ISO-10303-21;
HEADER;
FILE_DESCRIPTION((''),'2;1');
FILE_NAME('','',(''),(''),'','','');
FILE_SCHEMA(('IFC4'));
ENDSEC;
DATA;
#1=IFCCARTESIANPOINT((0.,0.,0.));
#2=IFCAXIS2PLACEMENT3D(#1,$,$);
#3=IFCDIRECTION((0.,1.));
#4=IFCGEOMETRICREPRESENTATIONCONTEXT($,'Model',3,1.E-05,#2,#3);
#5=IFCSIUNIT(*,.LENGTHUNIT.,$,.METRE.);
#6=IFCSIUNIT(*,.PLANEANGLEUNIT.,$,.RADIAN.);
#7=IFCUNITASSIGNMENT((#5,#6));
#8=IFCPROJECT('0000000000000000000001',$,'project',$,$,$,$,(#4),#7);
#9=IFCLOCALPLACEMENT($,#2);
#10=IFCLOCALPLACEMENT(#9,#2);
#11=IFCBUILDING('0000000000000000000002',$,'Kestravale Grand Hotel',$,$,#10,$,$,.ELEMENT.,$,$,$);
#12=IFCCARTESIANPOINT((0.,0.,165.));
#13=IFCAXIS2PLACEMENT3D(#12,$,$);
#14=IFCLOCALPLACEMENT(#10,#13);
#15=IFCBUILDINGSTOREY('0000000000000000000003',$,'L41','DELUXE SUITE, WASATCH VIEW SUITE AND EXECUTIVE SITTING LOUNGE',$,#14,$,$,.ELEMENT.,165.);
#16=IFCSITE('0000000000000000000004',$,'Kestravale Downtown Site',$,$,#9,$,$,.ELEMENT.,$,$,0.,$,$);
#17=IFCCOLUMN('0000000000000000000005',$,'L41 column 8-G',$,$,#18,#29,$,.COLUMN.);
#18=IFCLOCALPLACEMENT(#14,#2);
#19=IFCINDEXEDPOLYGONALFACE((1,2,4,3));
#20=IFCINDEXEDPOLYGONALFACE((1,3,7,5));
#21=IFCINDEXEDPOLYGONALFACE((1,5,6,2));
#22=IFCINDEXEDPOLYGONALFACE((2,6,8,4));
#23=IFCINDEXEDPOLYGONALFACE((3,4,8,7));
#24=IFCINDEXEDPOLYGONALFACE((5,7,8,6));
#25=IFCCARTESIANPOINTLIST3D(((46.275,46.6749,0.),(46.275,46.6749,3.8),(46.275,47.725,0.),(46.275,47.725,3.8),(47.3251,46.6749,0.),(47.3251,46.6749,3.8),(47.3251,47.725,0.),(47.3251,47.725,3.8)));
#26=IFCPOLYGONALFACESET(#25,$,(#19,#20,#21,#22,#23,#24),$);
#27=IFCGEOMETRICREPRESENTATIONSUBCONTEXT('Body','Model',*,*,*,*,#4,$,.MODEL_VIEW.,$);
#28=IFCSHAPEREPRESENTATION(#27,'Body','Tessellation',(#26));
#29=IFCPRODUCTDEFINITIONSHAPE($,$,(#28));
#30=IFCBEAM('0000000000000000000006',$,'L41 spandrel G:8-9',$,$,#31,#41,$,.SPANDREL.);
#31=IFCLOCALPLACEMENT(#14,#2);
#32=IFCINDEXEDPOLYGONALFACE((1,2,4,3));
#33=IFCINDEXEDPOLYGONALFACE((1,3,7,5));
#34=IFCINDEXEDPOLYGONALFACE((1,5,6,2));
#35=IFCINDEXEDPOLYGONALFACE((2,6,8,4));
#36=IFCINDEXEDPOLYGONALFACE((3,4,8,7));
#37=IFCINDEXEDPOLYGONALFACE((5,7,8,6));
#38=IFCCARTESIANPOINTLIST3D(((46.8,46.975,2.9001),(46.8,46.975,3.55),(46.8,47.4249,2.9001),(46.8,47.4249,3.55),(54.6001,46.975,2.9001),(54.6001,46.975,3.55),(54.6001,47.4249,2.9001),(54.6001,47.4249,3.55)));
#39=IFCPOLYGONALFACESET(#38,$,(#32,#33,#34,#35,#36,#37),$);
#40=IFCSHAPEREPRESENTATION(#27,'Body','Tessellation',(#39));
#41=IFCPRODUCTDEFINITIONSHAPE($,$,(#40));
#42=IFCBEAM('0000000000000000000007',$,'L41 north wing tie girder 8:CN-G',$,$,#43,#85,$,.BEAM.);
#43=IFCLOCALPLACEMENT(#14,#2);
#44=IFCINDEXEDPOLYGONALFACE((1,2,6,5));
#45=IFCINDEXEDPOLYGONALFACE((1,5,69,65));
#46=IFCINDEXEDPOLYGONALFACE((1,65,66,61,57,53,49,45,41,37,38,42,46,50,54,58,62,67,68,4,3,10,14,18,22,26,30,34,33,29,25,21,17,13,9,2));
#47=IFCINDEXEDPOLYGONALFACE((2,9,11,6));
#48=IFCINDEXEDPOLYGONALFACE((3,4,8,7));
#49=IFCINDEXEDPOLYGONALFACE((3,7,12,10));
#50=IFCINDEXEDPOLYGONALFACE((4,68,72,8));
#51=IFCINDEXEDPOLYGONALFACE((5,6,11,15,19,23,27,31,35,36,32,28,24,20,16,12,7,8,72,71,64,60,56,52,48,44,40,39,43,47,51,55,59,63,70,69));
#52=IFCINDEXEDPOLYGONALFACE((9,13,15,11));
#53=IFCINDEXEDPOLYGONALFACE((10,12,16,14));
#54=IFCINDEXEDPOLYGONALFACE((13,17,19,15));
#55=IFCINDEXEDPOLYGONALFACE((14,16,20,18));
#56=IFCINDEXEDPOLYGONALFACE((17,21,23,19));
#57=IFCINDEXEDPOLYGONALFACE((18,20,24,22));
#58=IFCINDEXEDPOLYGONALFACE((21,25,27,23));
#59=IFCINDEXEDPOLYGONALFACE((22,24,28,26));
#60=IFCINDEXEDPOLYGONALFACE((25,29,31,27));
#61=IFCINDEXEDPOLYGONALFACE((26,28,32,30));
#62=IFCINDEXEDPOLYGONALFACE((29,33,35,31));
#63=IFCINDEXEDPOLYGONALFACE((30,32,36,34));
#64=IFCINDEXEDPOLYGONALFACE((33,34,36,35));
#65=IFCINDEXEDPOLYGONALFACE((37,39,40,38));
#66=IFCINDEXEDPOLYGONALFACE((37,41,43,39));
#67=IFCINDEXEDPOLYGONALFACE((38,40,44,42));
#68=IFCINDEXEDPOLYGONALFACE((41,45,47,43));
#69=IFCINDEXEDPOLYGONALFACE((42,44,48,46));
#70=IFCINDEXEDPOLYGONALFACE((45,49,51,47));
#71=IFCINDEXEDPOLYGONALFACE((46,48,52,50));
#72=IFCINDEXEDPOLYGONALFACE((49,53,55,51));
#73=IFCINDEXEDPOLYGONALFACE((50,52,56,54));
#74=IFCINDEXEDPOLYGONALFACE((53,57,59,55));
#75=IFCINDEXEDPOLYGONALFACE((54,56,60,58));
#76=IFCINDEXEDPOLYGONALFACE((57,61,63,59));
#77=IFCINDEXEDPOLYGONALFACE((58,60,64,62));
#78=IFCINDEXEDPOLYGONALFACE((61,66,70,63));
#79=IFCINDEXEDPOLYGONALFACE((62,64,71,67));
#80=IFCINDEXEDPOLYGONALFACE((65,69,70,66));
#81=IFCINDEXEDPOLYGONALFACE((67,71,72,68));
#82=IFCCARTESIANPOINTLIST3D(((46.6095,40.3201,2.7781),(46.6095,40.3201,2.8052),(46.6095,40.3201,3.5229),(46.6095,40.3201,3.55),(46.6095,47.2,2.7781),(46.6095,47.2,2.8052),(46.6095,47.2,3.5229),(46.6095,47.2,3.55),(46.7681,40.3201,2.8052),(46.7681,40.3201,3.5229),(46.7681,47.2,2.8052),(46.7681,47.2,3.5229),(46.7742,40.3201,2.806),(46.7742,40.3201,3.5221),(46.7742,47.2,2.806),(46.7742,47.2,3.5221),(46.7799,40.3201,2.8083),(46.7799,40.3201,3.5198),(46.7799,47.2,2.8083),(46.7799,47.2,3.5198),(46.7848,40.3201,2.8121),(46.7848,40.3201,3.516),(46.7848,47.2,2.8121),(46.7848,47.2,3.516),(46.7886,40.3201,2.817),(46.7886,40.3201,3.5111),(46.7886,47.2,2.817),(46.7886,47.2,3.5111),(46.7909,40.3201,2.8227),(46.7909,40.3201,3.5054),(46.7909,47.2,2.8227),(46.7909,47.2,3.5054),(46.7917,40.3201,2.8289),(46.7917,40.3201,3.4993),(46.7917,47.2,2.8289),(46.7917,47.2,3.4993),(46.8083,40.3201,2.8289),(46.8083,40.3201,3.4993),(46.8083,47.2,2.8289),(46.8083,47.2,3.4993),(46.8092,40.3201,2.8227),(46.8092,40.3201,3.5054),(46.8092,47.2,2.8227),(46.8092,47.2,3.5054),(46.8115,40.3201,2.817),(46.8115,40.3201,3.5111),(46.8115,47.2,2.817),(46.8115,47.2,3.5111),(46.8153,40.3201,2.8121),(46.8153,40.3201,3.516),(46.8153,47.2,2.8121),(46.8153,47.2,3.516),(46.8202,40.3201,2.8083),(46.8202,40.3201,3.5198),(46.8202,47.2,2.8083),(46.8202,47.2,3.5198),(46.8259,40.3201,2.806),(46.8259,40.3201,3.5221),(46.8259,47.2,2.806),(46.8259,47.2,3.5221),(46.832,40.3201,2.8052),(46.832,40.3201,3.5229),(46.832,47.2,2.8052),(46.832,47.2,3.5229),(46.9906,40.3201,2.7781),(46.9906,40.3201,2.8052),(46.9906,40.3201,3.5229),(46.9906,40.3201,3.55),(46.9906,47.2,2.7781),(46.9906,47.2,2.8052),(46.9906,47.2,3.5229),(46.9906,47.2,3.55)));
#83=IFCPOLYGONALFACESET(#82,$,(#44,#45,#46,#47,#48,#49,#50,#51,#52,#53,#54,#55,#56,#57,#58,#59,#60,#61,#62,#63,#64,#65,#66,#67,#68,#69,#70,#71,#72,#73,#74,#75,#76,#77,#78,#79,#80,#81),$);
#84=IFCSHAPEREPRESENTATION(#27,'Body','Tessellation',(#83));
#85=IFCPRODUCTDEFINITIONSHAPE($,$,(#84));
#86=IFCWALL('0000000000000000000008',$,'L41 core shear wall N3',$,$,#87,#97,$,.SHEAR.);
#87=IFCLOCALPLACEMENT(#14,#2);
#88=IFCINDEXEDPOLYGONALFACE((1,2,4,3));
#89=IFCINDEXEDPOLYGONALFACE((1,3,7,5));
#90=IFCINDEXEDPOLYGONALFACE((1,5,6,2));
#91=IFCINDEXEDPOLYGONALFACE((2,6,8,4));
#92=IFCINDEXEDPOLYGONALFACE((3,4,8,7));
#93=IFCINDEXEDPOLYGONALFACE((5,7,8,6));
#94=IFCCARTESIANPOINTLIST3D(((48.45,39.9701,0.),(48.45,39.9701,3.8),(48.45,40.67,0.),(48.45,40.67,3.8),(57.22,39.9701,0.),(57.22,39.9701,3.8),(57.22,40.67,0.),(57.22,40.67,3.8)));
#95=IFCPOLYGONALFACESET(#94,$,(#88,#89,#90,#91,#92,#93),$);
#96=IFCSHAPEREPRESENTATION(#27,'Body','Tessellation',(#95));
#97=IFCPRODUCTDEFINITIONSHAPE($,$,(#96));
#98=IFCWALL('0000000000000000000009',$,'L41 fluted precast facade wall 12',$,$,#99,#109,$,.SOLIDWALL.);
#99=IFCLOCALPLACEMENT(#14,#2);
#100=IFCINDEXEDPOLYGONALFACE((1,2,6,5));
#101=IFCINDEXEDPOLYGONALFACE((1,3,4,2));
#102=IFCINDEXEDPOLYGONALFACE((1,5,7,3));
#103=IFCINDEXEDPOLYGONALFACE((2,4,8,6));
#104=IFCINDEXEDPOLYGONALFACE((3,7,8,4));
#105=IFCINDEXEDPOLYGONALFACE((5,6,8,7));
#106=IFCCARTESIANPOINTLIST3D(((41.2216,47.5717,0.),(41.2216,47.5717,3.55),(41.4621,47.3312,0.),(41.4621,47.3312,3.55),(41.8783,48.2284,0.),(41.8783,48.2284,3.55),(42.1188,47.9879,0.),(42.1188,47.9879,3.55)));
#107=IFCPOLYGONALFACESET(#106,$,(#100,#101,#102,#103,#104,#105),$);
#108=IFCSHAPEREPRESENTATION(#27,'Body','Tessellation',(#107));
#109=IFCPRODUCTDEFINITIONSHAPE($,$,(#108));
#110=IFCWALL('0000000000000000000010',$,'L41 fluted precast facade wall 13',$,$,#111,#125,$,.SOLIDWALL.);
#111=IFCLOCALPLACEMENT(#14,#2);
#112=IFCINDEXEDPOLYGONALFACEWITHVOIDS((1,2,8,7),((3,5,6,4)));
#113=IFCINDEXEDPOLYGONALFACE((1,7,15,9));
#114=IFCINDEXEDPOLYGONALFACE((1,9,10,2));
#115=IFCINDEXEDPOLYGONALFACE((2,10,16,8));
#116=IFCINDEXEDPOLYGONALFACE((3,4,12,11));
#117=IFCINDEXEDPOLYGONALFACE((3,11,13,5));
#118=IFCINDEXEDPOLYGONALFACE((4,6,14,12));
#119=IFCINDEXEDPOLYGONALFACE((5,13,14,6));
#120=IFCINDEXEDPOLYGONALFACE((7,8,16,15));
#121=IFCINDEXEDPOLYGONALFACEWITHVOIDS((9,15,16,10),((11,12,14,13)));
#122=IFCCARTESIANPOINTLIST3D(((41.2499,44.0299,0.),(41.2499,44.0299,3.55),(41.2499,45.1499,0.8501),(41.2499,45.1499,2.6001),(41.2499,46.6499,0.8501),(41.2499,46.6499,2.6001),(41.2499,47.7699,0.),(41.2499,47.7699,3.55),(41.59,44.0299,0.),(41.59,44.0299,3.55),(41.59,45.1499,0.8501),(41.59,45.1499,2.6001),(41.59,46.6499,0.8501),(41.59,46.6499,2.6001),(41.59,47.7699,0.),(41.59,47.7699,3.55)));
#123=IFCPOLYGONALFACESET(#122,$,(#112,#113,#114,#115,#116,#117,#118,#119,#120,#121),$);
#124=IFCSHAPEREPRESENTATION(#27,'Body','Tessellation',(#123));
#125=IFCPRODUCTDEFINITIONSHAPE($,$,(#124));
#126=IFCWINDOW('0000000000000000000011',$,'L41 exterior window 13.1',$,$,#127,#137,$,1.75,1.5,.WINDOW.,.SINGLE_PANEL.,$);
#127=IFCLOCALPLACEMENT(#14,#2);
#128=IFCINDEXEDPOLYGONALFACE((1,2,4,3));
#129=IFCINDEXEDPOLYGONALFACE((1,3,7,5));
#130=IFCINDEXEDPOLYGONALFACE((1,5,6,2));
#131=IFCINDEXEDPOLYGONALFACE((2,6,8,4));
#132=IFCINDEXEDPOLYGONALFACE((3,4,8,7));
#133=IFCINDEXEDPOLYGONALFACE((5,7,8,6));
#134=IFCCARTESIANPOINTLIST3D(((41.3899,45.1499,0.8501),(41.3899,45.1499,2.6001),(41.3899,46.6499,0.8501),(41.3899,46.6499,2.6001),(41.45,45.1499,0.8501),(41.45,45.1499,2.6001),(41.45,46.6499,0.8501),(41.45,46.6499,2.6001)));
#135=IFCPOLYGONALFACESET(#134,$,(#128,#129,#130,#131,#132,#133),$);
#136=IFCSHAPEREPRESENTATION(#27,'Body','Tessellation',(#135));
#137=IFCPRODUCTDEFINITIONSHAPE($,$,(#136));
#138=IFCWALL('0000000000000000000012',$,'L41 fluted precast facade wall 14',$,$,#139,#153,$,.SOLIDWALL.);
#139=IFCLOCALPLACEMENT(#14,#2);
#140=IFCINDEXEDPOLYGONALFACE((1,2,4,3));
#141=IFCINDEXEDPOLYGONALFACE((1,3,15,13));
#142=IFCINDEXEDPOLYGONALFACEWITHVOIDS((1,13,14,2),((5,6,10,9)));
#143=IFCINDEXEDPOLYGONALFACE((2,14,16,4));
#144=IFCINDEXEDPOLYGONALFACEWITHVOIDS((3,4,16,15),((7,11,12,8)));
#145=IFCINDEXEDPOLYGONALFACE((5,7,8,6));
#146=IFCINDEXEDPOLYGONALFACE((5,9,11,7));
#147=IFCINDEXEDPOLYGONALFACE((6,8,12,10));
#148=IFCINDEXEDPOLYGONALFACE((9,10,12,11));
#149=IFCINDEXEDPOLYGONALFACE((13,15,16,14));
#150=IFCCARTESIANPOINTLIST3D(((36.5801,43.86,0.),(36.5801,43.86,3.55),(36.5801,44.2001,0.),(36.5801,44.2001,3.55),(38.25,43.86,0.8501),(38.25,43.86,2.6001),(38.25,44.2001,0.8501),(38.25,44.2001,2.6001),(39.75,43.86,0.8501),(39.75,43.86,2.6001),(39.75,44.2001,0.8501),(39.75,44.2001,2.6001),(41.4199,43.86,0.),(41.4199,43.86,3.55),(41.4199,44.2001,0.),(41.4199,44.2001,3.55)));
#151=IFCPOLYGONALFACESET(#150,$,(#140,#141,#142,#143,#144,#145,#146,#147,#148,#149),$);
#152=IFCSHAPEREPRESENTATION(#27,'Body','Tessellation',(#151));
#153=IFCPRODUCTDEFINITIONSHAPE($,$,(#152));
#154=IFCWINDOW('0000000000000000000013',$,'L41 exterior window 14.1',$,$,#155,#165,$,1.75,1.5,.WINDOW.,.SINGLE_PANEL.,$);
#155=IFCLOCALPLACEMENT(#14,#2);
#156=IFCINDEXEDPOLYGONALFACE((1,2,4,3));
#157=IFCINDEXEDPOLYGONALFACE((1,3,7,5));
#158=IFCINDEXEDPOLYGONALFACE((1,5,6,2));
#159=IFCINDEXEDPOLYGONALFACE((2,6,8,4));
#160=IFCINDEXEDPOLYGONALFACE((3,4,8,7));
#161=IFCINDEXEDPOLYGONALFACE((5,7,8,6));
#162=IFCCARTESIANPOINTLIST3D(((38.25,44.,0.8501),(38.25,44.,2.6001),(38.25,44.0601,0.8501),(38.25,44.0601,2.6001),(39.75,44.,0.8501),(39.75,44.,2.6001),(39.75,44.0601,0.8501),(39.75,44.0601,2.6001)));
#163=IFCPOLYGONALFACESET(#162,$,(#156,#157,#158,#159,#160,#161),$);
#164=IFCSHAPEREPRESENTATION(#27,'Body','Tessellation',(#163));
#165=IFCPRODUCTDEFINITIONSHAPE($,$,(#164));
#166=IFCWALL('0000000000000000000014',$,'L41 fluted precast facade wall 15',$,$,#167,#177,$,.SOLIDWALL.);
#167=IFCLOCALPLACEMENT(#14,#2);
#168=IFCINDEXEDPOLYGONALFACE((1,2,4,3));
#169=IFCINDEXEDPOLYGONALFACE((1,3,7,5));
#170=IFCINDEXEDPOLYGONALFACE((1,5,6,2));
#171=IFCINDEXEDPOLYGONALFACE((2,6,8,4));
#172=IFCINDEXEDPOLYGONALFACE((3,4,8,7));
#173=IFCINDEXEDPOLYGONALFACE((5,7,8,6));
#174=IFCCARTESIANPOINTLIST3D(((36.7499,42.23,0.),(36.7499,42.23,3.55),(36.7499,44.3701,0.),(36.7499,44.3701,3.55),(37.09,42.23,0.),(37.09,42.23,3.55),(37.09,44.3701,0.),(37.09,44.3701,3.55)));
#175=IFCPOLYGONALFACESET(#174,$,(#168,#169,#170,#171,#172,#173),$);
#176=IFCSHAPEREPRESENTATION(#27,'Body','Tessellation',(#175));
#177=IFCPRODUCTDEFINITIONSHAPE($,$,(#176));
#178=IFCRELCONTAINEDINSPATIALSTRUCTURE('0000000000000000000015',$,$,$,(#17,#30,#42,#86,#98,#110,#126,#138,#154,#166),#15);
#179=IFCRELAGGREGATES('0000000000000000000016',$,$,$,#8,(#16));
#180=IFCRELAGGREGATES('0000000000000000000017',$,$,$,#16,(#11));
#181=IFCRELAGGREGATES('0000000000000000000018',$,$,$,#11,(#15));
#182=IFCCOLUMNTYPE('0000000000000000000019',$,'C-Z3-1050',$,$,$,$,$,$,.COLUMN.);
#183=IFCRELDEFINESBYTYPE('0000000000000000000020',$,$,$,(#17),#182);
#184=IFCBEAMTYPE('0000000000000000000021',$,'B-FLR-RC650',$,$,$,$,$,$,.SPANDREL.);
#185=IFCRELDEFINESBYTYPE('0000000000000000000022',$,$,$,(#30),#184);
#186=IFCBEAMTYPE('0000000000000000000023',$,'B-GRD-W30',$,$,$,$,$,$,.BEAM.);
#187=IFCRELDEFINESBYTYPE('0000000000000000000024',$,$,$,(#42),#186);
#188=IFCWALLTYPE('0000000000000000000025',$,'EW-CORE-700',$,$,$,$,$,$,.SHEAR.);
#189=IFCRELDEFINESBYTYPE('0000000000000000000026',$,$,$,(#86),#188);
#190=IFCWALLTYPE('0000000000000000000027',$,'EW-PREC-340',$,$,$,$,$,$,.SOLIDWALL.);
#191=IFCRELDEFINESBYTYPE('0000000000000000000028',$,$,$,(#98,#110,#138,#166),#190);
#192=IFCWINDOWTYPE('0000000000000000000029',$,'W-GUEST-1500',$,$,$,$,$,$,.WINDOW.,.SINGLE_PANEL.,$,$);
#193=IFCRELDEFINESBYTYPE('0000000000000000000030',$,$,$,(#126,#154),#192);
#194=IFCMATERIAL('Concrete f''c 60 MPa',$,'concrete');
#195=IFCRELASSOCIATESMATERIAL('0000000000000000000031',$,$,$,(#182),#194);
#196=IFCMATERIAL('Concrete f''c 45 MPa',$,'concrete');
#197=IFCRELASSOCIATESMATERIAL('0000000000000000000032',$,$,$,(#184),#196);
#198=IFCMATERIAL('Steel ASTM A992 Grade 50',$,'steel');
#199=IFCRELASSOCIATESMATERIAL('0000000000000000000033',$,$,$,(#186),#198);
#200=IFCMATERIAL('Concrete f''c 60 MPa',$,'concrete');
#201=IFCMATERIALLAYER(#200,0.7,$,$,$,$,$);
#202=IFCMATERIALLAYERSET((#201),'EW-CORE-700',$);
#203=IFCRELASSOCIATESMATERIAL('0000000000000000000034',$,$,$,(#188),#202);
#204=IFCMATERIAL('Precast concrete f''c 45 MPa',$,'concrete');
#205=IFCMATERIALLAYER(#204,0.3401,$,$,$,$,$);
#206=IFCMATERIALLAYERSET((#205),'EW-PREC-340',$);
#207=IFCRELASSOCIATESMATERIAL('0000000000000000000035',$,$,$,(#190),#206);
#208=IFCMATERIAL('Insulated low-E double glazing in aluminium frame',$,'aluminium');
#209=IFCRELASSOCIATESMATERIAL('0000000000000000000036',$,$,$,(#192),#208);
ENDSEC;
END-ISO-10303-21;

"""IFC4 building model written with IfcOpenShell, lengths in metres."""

from ifc_helpers import new_model, si_unit, direction, frame, frame_2d, origin, origin_2d, place, context, subcontext, project, spatial, rectangle, i_section, extrude, material, layer, layer_set, material_profile, profile_set, type_object, element, fill, save


model = new_model("IFC4")

# Units and contexts
model_context = context("Model", 3, precision=1e-05, world=origin(), true_north=direction((0.0, 1.0)))
body_context = subcontext(model_context, "Body", "Model", "MODEL_VIEW")
ifc_project = project(units=[si_unit("LENGTHUNIT", "METRE"), si_unit("PLANEANGLEUNIT", "RADIAN")], contexts=[model_context])

# Site, building, storey
site_placement = place(None, origin())
site = spatial("IfcSite", under=ifc_project, at=site_placement, Name="Kestravale Downtown Site", CompositionType="ELEMENT", RefElevation=0.0)
building_placement = place(site_placement, origin())
building = spatial("IfcBuilding", under=site, at=building_placement, Name="Kestravale Grand Hotel", CompositionType="ELEMENT")
storey_placement = place(building_placement, frame((0.0, 0.0, 165.0)))
storey = spatial("IfcBuildingStorey", under=building, at=storey_placement, Name="L41", Description="DELUXE SUITE, WASATCH VIEW SUITE AND EXECUTIVE SITTING LOUNGE", CompositionType="ELEMENT", Elevation=165.0)

# Column
ifc_material_1 = material(Name="Concrete f'c 60 MPa", Category="concrete")
ifc_material_profile_1 = material_profile(ifc_material_1, rectangle(XDim=1.05, YDim=1.05, at=origin_2d()))
ifc_profile_set_1 = profile_set([ifc_material_profile_1], Name="Concrete f'c 60 MPa")
column_type = type_object("IfcColumnType", Name="C-Z3-1050", PredefinedType="COLUMN", material=ifc_profile_set_1)
column_placement = place(storey_placement, frame((46.8, 47.2, 0.0), z_axis=(0.0, 0.0, 1.0), x_axis=(1.0, 0.0, 0.0)))
element("IfcColumn", 1, at=column_placement, inside=storey, type_object=column_type, Name="L41 column 8-G", PredefinedType="COLUMN", context=body_context, shape_type="SweptSolid", body=[
    extrude(rectangle(XDim=1.05, YDim=1.05, at=origin_2d()), origin(), (0.0, 0.0, 1.0), 3.8),
])

# Beams
ifc_material_2 = material(Name="Concrete f'c 45 MPa", Category="concrete")
ifc_material_profile_2 = material_profile(ifc_material_2, rectangle(XDim=0.45, YDim=0.6499, at=origin_2d()))
ifc_profile_set_2 = profile_set([ifc_material_profile_2], Name="Concrete f'c 45 MPa")
beam_type_1 = type_object("IfcBeamType", Name="B-FLR-RC650", PredefinedType="SPANDREL", material=ifc_profile_set_2)
beam_1_placement = place(storey_placement, frame((46.8, 47.2, 3.2251), z_axis=(1.0, 0.0, 0.0), x_axis=(0.0, 1.0, 0.0)))
element("IfcBeam", 2, at=beam_1_placement, inside=storey, type_object=beam_type_1, Name="L41 spandrel G:8-9", PredefinedType="SPANDREL", context=body_context, shape_type="SweptSolid", body=[
    extrude(rectangle(XDim=0.45, YDim=0.6499, at=origin_2d()), origin(), (0.0, 0.0, 1.0), 7.8),
])
ifc_material_3 = material(Name="Steel ASTM A992 Grade 50", Category="steel")
ifc_material_profile_3 = material_profile(ifc_material_3, i_section(OverallWidth=0.3811, OverallDepth=0.772, WebThickness=0.0166, FlangeThickness=0.0271, FilletRadius=0.0237, at=origin_2d()))
ifc_profile_set_3 = profile_set([ifc_material_profile_3], Name="Steel ASTM A992 Grade 50")
beam_type_2 = type_object("IfcBeamType", Name="B-GRD-W30", PredefinedType="BEAM", material=ifc_profile_set_3)
beam_2_placement = place(storey_placement, frame((46.8, 40.3201, 3.1641), z_axis=(0.0, 1.0, 0.0), x_axis=(-1.0, 0.0, 0.0)))
element("IfcBeam", 3, at=beam_2_placement, inside=storey, type_object=beam_type_2, Name="L41 north wing tie girder 8:CN-G", PredefinedType="BEAM", context=body_context, shape_type="SweptSolid", body=[
    extrude(i_section(OverallWidth=0.3811, OverallDepth=0.772, WebThickness=0.0166, FlangeThickness=0.0271, FilletRadius=0.0237, at=origin_2d()), origin(), (0.0, 0.0, 1.0), 6.8799),
])

# Walls
ifc_material_4 = material(Name="Concrete f'c 60 MPa", Category="concrete")
ifc_layer_1 = layer(ifc_material_4, 0.7)
ifc_layer_set_1 = layer_set([ifc_layer_1], Name="EW-CORE-700")
wall_type_1 = type_object("IfcWallType", Name="EW-CORE-700", PredefinedType="SHEAR", material=ifc_layer_set_1)
wall_1_placement = place(storey_placement, frame((48.45, 40.3201, 0.0), z_axis=(0.0, 0.0, 1.0), x_axis=(1.0, 0.0, 0.0)))
element("IfcWall", 4, at=wall_1_placement, inside=storey, type_object=wall_type_1, Name="L41 core shear wall N3", PredefinedType="SHEAR", context=body_context, shape_type="SweptSolid", body=[
    extrude(rectangle(XDim=8.77, YDim=0.7, at=frame_2d((4.385, 0.0))), origin(), (0.0, 0.0, 1.0), 3.8),
])
ifc_material_5 = material(Name="Precast concrete f'c 45 MPa", Category="concrete")
ifc_layer_2 = layer(ifc_material_5, 0.3401)
ifc_layer_set_2 = layer_set([ifc_layer_2], Name="EW-PREC-340")
wall_type_2 = type_object("IfcWallType", Name="EW-PREC-340", PredefinedType="SOLIDWALL", material=ifc_layer_set_2)
wall_2_placement = place(storey_placement, frame((41.9985, 48.1082, 0.0), z_axis=(0.0, 0.0, 1.0), x_axis=(-0.707107, -0.707107, 0.0)))
element("IfcWall", 5, at=wall_2_placement, inside=storey, type_object=wall_type_2, Name="L41 fluted precast facade wall 12", PredefinedType="SOLIDWALL", context=body_context, shape_type="SweptSolid", body=[
    extrude(rectangle(XDim=0.9287, YDim=0.3401, at=frame_2d((0.4644, 0.0))), origin(), (0.0, 0.0, 1.0), 3.55),
])

# Walls, openings, windows
wall_3_placement = place(storey_placement, frame((41.4199, 47.77, 0.0), z_axis=(0.0, 0.0, 1.0), x_axis=(0.0, -1.0, 0.0)))
wall_3 = element("IfcWall", 6, at=wall_3_placement, inside=storey, type_object=wall_type_2, Name="L41 fluted precast facade wall 13", PredefinedType="SOLIDWALL", context=body_context, shape_type="SweptSolid", body=[
    extrude(rectangle(XDim=3.74, YDim=0.3401, at=frame_2d((1.8701, 0.0))), origin(), (0.0, 0.0, 1.0), 3.55),
])
opening_1_placement = place(wall_3_placement, frame((1.1201, 0.0, 0.8501)))
opening_1 = element("IfcOpeningElement", 7, at=opening_1_placement, cuts=wall_3, PredefinedType="OPENING", context=body_context, shape_type="SweptSolid", body=[
    extrude(rectangle(XDim=1.5, YDim=1.75, at=frame_2d((0.75, 0.875))), frame((0.0, 0.1799, 0.0), z_axis=(0.0, -1.0, 0.0), x_axis=(1.0, 0.0, 0.0)), (0.0, 0.0, 1.0), 0.3601),
])
ifc_material_6 = material(Name="Insulated low-E double glazing in aluminium frame", Category="aluminium")
window_type = type_object("IfcWindowType", Name="W-GUEST-1500", PartitioningType="SINGLE_PANEL", PredefinedType="WINDOW", material=ifc_material_6)
window_1_placement = place(opening_1_placement, origin())
window_1 = element("IfcWindow", 8, at=window_1_placement, inside=storey, type_object=window_type, Name="L41 exterior window 13.1", OverallHeight=1.75, OverallWidth=1.5, PartitioningType="SINGLE_PANEL", PredefinedType="WINDOW", context=body_context, shape_type="SweptSolid", body=[
    extrude(rectangle(XDim=1.5, YDim=1.75, at=frame_2d((0.75, 0.875))), frame((0.0, 0.03, 0.0), z_axis=(0.0, -1.0, 0.0), x_axis=(1.0, 0.0, 0.0)), (0.0, 0.0, 1.0), 0.0601),
])
fill(opening_1, window_1)
wall_4_placement = place(storey_placement, frame((41.4199, 44.03, 0.0), z_axis=(0.0, 0.0, 1.0), x_axis=(-1.0, 0.0, 0.0)))
wall_4 = element("IfcWall", 9, at=wall_4_placement, inside=storey, type_object=wall_type_2, Name="L41 fluted precast facade wall 14", PredefinedType="SOLIDWALL", context=body_context, shape_type="SweptSolid", body=[
    extrude(rectangle(XDim=4.8398, YDim=0.3401, at=frame_2d((2.4199, 0.0))), origin(), (0.0, 0.0, 1.0), 3.55),
])
opening_2_placement = place(wall_4_placement, frame((1.6699, 0.0, 0.8501)))
opening_2 = element("IfcOpeningElement", 10, at=opening_2_placement, cuts=wall_4, PredefinedType="OPENING", context=body_context, shape_type="SweptSolid", body=[
    extrude(rectangle(XDim=1.5, YDim=1.75, at=frame_2d((0.75, 0.875))), frame((0.0, 0.1799, 0.0), z_axis=(0.0, -1.0, 0.0), x_axis=(1.0, 0.0, 0.0)), (0.0, 0.0, 1.0), 0.3601),
])
window_2_placement = place(opening_2_placement, origin())
window_2 = element("IfcWindow", 11, at=window_2_placement, inside=storey, type_object=window_type, Name="L41 exterior window 14.1", OverallHeight=1.75, OverallWidth=1.5, PartitioningType="SINGLE_PANEL", PredefinedType="WINDOW", context=body_context, shape_type="SweptSolid", body=[
    extrude(rectangle(XDim=1.5, YDim=1.75, at=frame_2d((0.75, 0.875))), frame((0.0, 0.03, 0.0), z_axis=(0.0, -1.0, 0.0), x_axis=(1.0, 0.0, 0.0)), (0.0, 0.0, 1.0), 0.0601),
])
fill(opening_2, window_2)

# Wall
wall_5_placement = place(storey_placement, frame((36.9199, 44.3701, 0.0), z_axis=(0.0, 0.0, 1.0), x_axis=(0.0, -1.0, 0.0)))
element("IfcWall", 12, at=wall_5_placement, inside=storey, type_object=wall_type_2, Name="L41 fluted precast facade wall 15", PredefinedType="SOLIDWALL", context=body_context, shape_type="SweptSolid", body=[
    extrude(rectangle(XDim=2.1401, YDim=0.3401, at=frame_2d((1.0701, 0.0))), origin(), (0.0, 0.0, 1.0), 3.55),
])

save(model, "model.ifc")
